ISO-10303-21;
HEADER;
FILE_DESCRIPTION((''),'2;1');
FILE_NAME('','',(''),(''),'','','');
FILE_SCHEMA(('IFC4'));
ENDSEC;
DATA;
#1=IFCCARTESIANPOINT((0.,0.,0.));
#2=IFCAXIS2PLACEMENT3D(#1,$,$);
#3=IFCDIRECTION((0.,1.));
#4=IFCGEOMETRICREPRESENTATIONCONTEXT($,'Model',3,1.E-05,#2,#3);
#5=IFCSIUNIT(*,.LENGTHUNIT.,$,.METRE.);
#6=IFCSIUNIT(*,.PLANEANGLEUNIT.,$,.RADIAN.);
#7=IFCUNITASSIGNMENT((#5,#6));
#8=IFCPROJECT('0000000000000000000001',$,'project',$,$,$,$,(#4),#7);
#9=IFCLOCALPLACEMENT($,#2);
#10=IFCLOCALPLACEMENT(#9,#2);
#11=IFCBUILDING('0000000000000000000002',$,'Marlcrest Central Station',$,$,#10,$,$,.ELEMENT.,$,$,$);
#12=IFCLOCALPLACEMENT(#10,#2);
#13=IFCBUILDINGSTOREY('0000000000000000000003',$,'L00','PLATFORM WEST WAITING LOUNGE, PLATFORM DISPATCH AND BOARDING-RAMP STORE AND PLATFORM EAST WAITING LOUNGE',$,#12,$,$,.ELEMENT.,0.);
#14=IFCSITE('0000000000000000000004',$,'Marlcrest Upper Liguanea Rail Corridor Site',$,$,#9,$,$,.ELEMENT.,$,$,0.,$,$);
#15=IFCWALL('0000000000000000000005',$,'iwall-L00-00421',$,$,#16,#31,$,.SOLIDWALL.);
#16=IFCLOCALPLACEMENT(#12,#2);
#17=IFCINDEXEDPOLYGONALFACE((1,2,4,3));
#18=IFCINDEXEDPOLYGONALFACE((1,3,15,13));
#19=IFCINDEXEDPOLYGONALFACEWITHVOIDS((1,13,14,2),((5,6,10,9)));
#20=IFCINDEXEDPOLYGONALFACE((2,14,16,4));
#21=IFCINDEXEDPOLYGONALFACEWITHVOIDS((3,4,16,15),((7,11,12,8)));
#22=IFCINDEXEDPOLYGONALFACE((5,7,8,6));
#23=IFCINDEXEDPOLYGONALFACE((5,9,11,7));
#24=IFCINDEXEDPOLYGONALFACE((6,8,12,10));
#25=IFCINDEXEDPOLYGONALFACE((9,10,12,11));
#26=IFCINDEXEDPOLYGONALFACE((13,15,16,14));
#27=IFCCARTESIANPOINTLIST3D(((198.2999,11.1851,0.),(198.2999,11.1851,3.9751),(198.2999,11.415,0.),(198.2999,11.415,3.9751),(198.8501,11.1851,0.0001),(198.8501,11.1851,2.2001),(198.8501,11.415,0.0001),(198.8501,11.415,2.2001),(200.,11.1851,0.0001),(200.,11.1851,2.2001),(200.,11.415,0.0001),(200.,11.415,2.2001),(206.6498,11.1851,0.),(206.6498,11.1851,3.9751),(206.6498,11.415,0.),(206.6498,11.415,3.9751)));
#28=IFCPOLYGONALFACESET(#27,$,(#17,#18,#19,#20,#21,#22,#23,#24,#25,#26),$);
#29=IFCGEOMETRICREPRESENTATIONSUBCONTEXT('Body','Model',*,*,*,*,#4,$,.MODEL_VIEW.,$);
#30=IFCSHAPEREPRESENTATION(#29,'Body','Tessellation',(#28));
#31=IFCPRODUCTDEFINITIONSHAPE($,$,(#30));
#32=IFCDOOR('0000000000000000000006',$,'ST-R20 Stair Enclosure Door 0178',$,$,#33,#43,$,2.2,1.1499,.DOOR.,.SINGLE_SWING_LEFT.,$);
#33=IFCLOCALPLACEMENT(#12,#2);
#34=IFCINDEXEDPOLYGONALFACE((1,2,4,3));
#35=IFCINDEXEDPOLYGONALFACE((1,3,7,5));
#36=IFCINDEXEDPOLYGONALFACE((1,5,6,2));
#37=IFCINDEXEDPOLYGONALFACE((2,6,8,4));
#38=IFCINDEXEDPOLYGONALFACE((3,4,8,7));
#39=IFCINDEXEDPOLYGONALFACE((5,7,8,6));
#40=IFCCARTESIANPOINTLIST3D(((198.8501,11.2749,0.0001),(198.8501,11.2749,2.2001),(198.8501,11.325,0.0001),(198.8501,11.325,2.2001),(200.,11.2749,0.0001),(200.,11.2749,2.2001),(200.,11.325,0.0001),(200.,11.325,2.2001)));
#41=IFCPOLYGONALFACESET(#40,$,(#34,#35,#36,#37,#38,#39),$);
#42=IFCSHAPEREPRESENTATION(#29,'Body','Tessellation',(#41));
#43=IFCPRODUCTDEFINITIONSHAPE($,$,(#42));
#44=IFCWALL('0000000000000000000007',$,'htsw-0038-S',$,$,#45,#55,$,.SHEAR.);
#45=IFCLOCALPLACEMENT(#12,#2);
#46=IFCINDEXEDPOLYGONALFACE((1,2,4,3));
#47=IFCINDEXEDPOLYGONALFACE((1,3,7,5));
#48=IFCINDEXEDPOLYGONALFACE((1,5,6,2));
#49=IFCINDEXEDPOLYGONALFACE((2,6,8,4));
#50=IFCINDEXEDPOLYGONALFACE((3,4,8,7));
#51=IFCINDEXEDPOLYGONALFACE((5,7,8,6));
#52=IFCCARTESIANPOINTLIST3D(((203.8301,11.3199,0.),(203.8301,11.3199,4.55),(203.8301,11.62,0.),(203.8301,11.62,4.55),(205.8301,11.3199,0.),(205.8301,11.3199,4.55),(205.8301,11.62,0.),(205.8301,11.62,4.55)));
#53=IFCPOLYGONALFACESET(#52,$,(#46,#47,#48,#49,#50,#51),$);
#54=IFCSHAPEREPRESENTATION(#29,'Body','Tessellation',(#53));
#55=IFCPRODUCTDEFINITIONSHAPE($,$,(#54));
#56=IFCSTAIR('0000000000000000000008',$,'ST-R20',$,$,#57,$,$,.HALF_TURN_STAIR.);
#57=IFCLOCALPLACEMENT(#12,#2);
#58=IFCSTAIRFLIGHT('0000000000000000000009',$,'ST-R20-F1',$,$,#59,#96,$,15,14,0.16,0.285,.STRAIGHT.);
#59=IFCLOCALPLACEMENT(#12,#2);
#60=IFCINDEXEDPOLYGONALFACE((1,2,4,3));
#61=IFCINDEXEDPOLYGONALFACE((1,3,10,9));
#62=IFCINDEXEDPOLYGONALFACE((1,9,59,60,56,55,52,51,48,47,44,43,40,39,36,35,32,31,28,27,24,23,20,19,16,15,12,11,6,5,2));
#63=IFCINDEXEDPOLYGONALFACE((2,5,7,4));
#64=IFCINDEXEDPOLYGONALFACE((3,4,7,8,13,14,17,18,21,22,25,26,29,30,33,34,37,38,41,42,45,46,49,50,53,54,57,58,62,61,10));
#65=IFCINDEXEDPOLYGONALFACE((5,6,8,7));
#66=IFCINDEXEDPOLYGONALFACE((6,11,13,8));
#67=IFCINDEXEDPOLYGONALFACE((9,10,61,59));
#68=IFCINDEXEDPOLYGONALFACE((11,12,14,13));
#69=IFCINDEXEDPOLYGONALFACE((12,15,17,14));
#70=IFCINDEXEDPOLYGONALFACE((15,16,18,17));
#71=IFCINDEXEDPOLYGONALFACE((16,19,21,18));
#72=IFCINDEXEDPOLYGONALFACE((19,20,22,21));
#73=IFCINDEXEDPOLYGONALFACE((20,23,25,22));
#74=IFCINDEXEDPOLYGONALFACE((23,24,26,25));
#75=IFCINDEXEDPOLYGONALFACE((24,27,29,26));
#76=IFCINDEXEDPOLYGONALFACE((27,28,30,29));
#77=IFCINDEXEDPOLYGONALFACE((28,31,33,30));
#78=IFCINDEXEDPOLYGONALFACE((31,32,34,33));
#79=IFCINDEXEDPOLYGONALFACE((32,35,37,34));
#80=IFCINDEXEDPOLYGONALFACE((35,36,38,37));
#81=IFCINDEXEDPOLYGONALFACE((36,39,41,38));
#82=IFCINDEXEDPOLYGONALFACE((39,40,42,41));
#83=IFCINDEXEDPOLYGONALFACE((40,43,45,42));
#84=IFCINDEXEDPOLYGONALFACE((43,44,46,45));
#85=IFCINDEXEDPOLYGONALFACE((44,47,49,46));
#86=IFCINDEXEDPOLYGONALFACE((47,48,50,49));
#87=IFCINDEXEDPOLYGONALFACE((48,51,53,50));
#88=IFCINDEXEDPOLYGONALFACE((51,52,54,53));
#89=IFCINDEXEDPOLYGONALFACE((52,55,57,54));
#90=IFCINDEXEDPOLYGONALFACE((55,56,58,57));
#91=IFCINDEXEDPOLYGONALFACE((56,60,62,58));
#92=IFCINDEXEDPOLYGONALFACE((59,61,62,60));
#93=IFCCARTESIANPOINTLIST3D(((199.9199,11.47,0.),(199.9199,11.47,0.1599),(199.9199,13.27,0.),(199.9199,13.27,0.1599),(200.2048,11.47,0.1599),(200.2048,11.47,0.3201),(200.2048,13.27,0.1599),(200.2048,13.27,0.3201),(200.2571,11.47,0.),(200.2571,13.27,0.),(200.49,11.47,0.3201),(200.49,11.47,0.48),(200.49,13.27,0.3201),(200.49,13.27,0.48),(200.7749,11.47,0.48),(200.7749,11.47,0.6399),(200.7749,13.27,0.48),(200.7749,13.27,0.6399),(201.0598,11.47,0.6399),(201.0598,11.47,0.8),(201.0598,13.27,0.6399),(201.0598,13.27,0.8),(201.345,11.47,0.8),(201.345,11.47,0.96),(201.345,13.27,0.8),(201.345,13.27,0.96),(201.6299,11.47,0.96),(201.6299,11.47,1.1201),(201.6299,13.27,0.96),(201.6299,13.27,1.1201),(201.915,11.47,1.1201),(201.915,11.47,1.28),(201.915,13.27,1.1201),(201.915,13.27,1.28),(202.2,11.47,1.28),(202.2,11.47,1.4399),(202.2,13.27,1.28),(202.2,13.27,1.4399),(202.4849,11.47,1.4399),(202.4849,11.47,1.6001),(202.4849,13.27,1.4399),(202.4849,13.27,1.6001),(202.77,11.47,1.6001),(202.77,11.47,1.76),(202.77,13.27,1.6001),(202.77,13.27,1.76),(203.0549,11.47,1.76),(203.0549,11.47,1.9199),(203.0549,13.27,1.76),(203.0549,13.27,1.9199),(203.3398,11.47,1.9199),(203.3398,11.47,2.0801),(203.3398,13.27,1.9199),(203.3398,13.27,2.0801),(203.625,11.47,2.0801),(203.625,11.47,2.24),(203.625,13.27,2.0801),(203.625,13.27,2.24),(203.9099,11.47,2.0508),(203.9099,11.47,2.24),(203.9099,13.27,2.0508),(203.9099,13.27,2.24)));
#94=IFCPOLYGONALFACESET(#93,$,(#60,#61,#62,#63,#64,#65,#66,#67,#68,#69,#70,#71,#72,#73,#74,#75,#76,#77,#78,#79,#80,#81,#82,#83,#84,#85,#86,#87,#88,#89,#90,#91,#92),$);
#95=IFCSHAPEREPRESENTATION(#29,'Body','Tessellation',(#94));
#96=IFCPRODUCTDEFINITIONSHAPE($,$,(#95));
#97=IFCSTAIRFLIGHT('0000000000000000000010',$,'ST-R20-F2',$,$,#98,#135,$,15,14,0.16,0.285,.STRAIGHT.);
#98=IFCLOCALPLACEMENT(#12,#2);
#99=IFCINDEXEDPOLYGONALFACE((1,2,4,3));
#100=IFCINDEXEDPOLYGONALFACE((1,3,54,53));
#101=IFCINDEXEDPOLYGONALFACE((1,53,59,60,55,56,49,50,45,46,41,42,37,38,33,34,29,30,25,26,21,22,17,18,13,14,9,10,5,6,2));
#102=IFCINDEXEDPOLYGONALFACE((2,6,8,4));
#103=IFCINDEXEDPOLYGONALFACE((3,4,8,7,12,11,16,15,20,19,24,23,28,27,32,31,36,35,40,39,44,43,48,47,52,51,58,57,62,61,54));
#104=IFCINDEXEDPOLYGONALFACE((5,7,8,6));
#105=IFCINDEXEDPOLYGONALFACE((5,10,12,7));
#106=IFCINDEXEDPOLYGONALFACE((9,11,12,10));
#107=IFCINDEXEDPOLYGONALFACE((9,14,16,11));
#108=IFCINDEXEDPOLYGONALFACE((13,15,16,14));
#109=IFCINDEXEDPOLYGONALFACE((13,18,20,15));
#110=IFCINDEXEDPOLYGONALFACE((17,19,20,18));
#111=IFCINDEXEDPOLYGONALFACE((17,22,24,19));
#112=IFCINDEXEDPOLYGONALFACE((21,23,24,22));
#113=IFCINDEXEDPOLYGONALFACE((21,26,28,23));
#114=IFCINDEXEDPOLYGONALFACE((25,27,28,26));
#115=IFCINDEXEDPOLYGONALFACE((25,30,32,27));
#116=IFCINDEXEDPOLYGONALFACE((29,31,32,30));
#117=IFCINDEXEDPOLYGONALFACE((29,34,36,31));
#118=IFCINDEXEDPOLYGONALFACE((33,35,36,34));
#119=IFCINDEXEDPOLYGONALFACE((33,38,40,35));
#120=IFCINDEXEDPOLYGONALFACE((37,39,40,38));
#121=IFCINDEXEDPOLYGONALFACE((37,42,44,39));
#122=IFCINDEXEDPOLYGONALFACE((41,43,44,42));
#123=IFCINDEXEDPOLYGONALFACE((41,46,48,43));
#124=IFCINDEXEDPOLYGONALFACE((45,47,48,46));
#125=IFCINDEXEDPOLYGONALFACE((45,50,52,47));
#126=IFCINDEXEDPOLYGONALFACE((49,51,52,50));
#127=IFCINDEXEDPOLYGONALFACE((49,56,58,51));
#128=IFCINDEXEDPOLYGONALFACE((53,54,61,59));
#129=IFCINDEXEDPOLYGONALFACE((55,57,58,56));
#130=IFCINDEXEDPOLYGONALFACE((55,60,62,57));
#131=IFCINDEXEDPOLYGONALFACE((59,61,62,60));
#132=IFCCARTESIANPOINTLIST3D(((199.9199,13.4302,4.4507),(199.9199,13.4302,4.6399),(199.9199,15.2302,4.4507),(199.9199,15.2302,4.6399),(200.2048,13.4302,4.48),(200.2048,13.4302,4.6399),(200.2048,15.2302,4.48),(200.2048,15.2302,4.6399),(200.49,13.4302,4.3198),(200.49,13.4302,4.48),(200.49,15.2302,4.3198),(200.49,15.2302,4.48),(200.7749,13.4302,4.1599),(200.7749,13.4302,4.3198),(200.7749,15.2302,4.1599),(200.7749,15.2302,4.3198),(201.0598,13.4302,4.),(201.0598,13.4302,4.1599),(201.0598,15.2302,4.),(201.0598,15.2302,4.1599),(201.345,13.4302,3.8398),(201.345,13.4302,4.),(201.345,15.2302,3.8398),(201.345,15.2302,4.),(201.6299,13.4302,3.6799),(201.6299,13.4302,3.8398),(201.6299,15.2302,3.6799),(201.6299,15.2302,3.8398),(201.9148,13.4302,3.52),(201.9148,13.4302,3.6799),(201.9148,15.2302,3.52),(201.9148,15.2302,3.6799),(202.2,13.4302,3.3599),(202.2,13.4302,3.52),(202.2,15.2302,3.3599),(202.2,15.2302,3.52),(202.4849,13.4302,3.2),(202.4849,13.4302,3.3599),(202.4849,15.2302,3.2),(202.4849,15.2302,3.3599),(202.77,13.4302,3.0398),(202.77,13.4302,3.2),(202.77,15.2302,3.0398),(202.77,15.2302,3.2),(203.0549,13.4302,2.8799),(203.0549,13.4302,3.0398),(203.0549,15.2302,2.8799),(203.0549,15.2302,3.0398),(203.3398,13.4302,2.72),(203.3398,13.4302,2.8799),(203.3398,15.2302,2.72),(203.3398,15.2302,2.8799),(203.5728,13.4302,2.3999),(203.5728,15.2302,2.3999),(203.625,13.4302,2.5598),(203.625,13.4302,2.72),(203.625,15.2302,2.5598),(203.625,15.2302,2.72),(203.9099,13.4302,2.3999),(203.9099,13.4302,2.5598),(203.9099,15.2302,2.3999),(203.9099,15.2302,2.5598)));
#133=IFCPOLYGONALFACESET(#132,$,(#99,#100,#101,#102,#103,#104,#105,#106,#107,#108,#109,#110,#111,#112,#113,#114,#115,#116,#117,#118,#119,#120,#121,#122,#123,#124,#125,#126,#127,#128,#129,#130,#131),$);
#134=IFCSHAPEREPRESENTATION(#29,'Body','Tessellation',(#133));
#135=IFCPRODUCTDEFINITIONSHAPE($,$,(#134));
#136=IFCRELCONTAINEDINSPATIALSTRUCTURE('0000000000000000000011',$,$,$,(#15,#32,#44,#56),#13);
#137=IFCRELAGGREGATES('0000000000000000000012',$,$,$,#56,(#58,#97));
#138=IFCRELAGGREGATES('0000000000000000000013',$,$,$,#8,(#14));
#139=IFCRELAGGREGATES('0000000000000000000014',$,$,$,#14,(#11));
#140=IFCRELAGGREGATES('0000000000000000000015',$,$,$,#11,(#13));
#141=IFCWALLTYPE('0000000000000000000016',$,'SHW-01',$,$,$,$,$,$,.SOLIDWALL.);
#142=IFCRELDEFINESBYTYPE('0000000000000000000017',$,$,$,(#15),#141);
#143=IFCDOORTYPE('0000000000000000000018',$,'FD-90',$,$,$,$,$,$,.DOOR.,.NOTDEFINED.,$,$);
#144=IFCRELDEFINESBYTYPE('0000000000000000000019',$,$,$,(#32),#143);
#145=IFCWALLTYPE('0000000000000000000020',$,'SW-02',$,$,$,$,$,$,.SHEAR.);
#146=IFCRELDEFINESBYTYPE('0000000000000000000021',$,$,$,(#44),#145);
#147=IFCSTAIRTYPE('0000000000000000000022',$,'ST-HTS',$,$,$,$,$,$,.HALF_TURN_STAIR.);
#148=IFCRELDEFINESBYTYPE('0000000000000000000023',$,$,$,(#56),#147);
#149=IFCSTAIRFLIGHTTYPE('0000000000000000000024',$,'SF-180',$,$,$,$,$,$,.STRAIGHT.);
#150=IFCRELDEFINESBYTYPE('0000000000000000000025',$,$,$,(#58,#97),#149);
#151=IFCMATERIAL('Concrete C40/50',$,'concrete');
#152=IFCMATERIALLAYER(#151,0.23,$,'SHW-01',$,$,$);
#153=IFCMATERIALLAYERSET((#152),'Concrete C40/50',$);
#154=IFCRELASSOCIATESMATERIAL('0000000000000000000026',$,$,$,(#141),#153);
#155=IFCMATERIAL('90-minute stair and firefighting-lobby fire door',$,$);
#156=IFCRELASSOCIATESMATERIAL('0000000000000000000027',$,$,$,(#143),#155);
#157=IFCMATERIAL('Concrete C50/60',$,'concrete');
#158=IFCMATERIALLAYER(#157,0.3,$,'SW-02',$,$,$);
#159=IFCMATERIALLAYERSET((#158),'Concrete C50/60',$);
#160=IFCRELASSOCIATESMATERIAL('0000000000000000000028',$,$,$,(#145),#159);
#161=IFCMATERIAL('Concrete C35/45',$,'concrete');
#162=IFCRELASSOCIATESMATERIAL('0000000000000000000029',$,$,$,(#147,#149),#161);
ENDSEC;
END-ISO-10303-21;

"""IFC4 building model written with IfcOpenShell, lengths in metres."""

from ifc_helpers import new_model, si_unit, direction, frame, frame_2d, origin, place, context, subcontext, project, spatial, polyline, rectangle, outline, extrude, material, layer, layer_set, type_object, element, fill, aggregate, save


model = new_model("IFC4")

# Units and contexts
model_context = context("Model", 3, precision=1e-05, world=origin(), true_north=direction((0.0, 1.0)))
body_context = subcontext(model_context, "Body", "Model", "MODEL_VIEW")
ifc_project = project(units=[si_unit("LENGTHUNIT", "METRE"), si_unit("PLANEANGLEUNIT", "RADIAN")], contexts=[model_context])

# Site, building, storey
site_placement = place(None, origin())
site = spatial("IfcSite", under=ifc_project, at=site_placement, Name="Marlcrest Upper Liguanea Rail Corridor Site", CompositionType="ELEMENT", RefElevation=0.0)
building_placement = place(site_placement, origin())
building = spatial("IfcBuilding", under=site, at=building_placement, Name="Marlcrest Central Station", CompositionType="ELEMENT")
storey_placement = place(building_placement, origin())
storey = spatial("IfcBuildingStorey", under=building, at=storey_placement, Name="L00", Description="PLATFORM WEST WAITING LOUNGE, PLATFORM DISPATCH AND BOARDING-RAMP STORE AND PLATFORM EAST WAITING LOUNGE", CompositionType="ELEMENT", Elevation=0.0)

# Shared definitions
ifc_material_1 = material(Name="Concrete C35/45", Category="concrete")

# Shared definitions
ifc_material_2 = material(Name="Concrete C40/50", Category="concrete")

# Shared definitions
ifc_layer_1 = layer(ifc_material_2, 0.23, Name="SHW-01")
ifc_layer_set_1 = layer_set([ifc_layer_1], Name="Concrete C40/50")
wall_type_1 = type_object("IfcWallType", Name="SHW-01", PredefinedType="SOLIDWALL", material=ifc_layer_set_1)

# Wall, opening, door
wall_1_placement = place(storey_placement, frame((198.3, 11.3, 0.0), z_axis=(0.0, 0.0, 1.0), x_axis=(1.0, 0.0, 0.0)))
wall_1 = element("IfcWall", 1, at=wall_1_placement, inside=storey, type_object=wall_type_1, Name="iwall-L00-00421", PredefinedType="SOLIDWALL", context=body_context, shape_type="SweptSolid", body=[
    extrude(rectangle(XDim=8.3499, YDim=0.23, at=frame_2d((4.1748, 0.0))), origin(), (0.0, 0.0, 1.0), 3.9751),
])
opening_placement = place(wall_1_placement, frame((0.55, 0.0, 0.0)))
opening = element("IfcOpeningElement", 2, at=opening_placement, cuts=wall_1, PredefinedType="OPENING", context=body_context, shape_type="SweptSolid", body=[
    extrude(rectangle(XDim=1.1499, YDim=2.2, at=frame_2d((0.575, 1.1001))), frame((0.0, 0.125, 0.0), z_axis=(0.0, -1.0, 0.0), x_axis=(1.0, 0.0, 0.0)), (0.0, 0.0, 1.0), 0.25),
])
ifc_material_3 = material(Name="90-minute stair and firefighting-lobby fire door")
door_type = type_object("IfcDoorType", Name="FD-90", OperationType="NOTDEFINED", PredefinedType="DOOR", material=ifc_material_3)
door_placement = place(opening_placement, origin())
door = element("IfcDoor", 3, at=door_placement, inside=storey, type_object=door_type, Name="ST-R20 Stair Enclosure Door 0178", OperationType="SINGLE_SWING_LEFT", OverallHeight=2.2, OverallWidth=1.1499, PredefinedType="DOOR", context=body_context, shape_type="SweptSolid", body=[
    extrude(rectangle(XDim=1.1499, YDim=2.2, at=frame_2d((0.575, 1.1001))), frame((0.0, 0.0249, 0.0), z_axis=(0.0, -1.0, 0.0), x_axis=(1.0, 0.0, 0.0)), (0.0, 0.0, 1.0), 0.05),
])
fill(opening, door)

# Wall
ifc_material_4 = material(Name="Concrete C50/60", Category="concrete")
ifc_layer_2 = layer(ifc_material_4, 0.3, Name="SW-02")
ifc_layer_set_2 = layer_set([ifc_layer_2], Name="Concrete C50/60")
wall_type_2 = type_object("IfcWallType", Name="SW-02", PredefinedType="SHEAR", material=ifc_layer_set_2)
wall_2_placement = place(storey_placement, frame((203.8301, 11.47, 0.0), z_axis=(0.0, 0.0, 1.0), x_axis=(1.0, 0.0, 0.0)))
element("IfcWall", 4, at=wall_2_placement, inside=storey, type_object=wall_type_2, Name="htsw-0038-S", PredefinedType="SHEAR", context=body_context, shape_type="SweptSolid", body=[
    extrude(rectangle(XDim=2.0, YDim=0.3, at=frame_2d((1.0, 0.0))), origin(), (0.0, 0.0, 1.0), 4.55),
])

# Stair, stair flights
stair_type = type_object("IfcStairType", Name="ST-HTS", PredefinedType="HALF_TURN_STAIR", material=ifc_material_1)
stair_placement = place(storey_placement, origin())
stair = element("IfcStair", 5, at=stair_placement, inside=storey, type_object=stair_type, Name="ST-R20", PredefinedType="HALF_TURN_STAIR")
stair_flight_type = type_object("IfcStairFlightType", Name="SF-180", PredefinedType="STRAIGHT", material=ifc_material_1)
stair_flight_1_placement = place(storey_placement, frame((199.9199, 12.3701, 0.0), z_axis=(0.0, 0.0, 1.0), x_axis=(1.0, 0.0, 0.0)))
stair_flight_1 = element("IfcStairFlight", 6, at=stair_flight_1_placement, type_object=stair_flight_type, Name="ST-R20-F1", NumberOfRisers=15, NumberOfTreads=14, PredefinedType="STRAIGHT", RiserHeight=0.16, TreadLength=0.285, context=body_context, shape_type="SweptSolid", body=[
    extrude(outline(polyline([(0.0, 0.0), (0.0, 0.1599), (0.2849, 0.1599), (0.2849, 0.3201), (0.5701, 0.3201), (0.5701, 0.48), (0.855, 0.48), (0.855, 0.6399), (1.1399, 0.6399), (1.1399, 0.8), (1.425, 0.8), (1.425, 0.96), (1.71, 0.96), (1.71, 1.1201), (1.9951, 1.1201), (1.9951, 1.28), (2.28, 1.28), (2.28, 1.4399), (2.5649, 1.4399), (2.5649, 1.6001), (2.8501, 1.6001), (2.8501, 1.76), (3.135, 1.76), (3.135, 1.9199), (3.4199, 1.9199), (3.4199, 2.0801), (3.7051, 2.0801), (3.7051, 2.24), (3.99, 2.24), (3.99, 2.3999), (3.99, 2.0508), (0.3372, 0.0), (0.0, 0.0)])), frame((0.0, 0.8999, 0.0), z_axis=(0.0, -1.0, 0.0), x_axis=(1.0, 0.0, 0.0)), (0.0, 0.0, 1.0), 1.8),
])
stair_flight_2_placement = place(storey_placement, frame((203.9099, 14.3301, 2.3999), z_axis=(0.0, 0.0, 1.0), x_axis=(-1.0, 0.0, 0.0)))
stair_flight_2 = element("IfcStairFlight", 7, at=stair_flight_2_placement, type_object=stair_flight_type, Name="ST-R20-F2", NumberOfRisers=15, NumberOfTreads=14, PredefinedType="STRAIGHT", RiserHeight=0.16, TreadLength=0.285, context=body_context, shape_type="SweptSolid", body=[
    extrude(outline(polyline([(0.0, 0.0), (0.0, 0.1599), (0.2849, 0.1599), (0.2849, 0.3201), (0.5701, 0.3201), (0.5701, 0.48), (0.855, 0.48), (0.855, 0.6399), (1.1399, 0.6399), (1.1399, 0.8), (1.425, 0.8), (1.425, 0.96), (1.71, 0.96), (1.71, 1.1201), (1.9951, 1.1201), (1.9951, 1.28), (2.28, 1.28), (2.28, 1.4399), (2.5649, 1.4399), (2.5649, 1.6001), (2.8501, 1.6001), (2.8501, 1.76), (3.135, 1.76), (3.135, 1.9199), (3.4199, 1.9199), (3.4199, 2.0801), (3.7051, 2.0801), (3.7051, 2.24), (3.99, 2.24), (3.99, 2.3999), (3.99, 2.0508), (0.3372, 0.0), (0.0, 0.0)])), frame((0.0, 0.8999, 0.0), z_axis=(0.0, -1.0, 0.0), x_axis=(1.0, 0.0, 0.0)), (0.0, 0.0, 1.0), 1.8),
])
aggregate(stair, [stair_flight_1, stair_flight_2])

save(model, "model.ifc")
